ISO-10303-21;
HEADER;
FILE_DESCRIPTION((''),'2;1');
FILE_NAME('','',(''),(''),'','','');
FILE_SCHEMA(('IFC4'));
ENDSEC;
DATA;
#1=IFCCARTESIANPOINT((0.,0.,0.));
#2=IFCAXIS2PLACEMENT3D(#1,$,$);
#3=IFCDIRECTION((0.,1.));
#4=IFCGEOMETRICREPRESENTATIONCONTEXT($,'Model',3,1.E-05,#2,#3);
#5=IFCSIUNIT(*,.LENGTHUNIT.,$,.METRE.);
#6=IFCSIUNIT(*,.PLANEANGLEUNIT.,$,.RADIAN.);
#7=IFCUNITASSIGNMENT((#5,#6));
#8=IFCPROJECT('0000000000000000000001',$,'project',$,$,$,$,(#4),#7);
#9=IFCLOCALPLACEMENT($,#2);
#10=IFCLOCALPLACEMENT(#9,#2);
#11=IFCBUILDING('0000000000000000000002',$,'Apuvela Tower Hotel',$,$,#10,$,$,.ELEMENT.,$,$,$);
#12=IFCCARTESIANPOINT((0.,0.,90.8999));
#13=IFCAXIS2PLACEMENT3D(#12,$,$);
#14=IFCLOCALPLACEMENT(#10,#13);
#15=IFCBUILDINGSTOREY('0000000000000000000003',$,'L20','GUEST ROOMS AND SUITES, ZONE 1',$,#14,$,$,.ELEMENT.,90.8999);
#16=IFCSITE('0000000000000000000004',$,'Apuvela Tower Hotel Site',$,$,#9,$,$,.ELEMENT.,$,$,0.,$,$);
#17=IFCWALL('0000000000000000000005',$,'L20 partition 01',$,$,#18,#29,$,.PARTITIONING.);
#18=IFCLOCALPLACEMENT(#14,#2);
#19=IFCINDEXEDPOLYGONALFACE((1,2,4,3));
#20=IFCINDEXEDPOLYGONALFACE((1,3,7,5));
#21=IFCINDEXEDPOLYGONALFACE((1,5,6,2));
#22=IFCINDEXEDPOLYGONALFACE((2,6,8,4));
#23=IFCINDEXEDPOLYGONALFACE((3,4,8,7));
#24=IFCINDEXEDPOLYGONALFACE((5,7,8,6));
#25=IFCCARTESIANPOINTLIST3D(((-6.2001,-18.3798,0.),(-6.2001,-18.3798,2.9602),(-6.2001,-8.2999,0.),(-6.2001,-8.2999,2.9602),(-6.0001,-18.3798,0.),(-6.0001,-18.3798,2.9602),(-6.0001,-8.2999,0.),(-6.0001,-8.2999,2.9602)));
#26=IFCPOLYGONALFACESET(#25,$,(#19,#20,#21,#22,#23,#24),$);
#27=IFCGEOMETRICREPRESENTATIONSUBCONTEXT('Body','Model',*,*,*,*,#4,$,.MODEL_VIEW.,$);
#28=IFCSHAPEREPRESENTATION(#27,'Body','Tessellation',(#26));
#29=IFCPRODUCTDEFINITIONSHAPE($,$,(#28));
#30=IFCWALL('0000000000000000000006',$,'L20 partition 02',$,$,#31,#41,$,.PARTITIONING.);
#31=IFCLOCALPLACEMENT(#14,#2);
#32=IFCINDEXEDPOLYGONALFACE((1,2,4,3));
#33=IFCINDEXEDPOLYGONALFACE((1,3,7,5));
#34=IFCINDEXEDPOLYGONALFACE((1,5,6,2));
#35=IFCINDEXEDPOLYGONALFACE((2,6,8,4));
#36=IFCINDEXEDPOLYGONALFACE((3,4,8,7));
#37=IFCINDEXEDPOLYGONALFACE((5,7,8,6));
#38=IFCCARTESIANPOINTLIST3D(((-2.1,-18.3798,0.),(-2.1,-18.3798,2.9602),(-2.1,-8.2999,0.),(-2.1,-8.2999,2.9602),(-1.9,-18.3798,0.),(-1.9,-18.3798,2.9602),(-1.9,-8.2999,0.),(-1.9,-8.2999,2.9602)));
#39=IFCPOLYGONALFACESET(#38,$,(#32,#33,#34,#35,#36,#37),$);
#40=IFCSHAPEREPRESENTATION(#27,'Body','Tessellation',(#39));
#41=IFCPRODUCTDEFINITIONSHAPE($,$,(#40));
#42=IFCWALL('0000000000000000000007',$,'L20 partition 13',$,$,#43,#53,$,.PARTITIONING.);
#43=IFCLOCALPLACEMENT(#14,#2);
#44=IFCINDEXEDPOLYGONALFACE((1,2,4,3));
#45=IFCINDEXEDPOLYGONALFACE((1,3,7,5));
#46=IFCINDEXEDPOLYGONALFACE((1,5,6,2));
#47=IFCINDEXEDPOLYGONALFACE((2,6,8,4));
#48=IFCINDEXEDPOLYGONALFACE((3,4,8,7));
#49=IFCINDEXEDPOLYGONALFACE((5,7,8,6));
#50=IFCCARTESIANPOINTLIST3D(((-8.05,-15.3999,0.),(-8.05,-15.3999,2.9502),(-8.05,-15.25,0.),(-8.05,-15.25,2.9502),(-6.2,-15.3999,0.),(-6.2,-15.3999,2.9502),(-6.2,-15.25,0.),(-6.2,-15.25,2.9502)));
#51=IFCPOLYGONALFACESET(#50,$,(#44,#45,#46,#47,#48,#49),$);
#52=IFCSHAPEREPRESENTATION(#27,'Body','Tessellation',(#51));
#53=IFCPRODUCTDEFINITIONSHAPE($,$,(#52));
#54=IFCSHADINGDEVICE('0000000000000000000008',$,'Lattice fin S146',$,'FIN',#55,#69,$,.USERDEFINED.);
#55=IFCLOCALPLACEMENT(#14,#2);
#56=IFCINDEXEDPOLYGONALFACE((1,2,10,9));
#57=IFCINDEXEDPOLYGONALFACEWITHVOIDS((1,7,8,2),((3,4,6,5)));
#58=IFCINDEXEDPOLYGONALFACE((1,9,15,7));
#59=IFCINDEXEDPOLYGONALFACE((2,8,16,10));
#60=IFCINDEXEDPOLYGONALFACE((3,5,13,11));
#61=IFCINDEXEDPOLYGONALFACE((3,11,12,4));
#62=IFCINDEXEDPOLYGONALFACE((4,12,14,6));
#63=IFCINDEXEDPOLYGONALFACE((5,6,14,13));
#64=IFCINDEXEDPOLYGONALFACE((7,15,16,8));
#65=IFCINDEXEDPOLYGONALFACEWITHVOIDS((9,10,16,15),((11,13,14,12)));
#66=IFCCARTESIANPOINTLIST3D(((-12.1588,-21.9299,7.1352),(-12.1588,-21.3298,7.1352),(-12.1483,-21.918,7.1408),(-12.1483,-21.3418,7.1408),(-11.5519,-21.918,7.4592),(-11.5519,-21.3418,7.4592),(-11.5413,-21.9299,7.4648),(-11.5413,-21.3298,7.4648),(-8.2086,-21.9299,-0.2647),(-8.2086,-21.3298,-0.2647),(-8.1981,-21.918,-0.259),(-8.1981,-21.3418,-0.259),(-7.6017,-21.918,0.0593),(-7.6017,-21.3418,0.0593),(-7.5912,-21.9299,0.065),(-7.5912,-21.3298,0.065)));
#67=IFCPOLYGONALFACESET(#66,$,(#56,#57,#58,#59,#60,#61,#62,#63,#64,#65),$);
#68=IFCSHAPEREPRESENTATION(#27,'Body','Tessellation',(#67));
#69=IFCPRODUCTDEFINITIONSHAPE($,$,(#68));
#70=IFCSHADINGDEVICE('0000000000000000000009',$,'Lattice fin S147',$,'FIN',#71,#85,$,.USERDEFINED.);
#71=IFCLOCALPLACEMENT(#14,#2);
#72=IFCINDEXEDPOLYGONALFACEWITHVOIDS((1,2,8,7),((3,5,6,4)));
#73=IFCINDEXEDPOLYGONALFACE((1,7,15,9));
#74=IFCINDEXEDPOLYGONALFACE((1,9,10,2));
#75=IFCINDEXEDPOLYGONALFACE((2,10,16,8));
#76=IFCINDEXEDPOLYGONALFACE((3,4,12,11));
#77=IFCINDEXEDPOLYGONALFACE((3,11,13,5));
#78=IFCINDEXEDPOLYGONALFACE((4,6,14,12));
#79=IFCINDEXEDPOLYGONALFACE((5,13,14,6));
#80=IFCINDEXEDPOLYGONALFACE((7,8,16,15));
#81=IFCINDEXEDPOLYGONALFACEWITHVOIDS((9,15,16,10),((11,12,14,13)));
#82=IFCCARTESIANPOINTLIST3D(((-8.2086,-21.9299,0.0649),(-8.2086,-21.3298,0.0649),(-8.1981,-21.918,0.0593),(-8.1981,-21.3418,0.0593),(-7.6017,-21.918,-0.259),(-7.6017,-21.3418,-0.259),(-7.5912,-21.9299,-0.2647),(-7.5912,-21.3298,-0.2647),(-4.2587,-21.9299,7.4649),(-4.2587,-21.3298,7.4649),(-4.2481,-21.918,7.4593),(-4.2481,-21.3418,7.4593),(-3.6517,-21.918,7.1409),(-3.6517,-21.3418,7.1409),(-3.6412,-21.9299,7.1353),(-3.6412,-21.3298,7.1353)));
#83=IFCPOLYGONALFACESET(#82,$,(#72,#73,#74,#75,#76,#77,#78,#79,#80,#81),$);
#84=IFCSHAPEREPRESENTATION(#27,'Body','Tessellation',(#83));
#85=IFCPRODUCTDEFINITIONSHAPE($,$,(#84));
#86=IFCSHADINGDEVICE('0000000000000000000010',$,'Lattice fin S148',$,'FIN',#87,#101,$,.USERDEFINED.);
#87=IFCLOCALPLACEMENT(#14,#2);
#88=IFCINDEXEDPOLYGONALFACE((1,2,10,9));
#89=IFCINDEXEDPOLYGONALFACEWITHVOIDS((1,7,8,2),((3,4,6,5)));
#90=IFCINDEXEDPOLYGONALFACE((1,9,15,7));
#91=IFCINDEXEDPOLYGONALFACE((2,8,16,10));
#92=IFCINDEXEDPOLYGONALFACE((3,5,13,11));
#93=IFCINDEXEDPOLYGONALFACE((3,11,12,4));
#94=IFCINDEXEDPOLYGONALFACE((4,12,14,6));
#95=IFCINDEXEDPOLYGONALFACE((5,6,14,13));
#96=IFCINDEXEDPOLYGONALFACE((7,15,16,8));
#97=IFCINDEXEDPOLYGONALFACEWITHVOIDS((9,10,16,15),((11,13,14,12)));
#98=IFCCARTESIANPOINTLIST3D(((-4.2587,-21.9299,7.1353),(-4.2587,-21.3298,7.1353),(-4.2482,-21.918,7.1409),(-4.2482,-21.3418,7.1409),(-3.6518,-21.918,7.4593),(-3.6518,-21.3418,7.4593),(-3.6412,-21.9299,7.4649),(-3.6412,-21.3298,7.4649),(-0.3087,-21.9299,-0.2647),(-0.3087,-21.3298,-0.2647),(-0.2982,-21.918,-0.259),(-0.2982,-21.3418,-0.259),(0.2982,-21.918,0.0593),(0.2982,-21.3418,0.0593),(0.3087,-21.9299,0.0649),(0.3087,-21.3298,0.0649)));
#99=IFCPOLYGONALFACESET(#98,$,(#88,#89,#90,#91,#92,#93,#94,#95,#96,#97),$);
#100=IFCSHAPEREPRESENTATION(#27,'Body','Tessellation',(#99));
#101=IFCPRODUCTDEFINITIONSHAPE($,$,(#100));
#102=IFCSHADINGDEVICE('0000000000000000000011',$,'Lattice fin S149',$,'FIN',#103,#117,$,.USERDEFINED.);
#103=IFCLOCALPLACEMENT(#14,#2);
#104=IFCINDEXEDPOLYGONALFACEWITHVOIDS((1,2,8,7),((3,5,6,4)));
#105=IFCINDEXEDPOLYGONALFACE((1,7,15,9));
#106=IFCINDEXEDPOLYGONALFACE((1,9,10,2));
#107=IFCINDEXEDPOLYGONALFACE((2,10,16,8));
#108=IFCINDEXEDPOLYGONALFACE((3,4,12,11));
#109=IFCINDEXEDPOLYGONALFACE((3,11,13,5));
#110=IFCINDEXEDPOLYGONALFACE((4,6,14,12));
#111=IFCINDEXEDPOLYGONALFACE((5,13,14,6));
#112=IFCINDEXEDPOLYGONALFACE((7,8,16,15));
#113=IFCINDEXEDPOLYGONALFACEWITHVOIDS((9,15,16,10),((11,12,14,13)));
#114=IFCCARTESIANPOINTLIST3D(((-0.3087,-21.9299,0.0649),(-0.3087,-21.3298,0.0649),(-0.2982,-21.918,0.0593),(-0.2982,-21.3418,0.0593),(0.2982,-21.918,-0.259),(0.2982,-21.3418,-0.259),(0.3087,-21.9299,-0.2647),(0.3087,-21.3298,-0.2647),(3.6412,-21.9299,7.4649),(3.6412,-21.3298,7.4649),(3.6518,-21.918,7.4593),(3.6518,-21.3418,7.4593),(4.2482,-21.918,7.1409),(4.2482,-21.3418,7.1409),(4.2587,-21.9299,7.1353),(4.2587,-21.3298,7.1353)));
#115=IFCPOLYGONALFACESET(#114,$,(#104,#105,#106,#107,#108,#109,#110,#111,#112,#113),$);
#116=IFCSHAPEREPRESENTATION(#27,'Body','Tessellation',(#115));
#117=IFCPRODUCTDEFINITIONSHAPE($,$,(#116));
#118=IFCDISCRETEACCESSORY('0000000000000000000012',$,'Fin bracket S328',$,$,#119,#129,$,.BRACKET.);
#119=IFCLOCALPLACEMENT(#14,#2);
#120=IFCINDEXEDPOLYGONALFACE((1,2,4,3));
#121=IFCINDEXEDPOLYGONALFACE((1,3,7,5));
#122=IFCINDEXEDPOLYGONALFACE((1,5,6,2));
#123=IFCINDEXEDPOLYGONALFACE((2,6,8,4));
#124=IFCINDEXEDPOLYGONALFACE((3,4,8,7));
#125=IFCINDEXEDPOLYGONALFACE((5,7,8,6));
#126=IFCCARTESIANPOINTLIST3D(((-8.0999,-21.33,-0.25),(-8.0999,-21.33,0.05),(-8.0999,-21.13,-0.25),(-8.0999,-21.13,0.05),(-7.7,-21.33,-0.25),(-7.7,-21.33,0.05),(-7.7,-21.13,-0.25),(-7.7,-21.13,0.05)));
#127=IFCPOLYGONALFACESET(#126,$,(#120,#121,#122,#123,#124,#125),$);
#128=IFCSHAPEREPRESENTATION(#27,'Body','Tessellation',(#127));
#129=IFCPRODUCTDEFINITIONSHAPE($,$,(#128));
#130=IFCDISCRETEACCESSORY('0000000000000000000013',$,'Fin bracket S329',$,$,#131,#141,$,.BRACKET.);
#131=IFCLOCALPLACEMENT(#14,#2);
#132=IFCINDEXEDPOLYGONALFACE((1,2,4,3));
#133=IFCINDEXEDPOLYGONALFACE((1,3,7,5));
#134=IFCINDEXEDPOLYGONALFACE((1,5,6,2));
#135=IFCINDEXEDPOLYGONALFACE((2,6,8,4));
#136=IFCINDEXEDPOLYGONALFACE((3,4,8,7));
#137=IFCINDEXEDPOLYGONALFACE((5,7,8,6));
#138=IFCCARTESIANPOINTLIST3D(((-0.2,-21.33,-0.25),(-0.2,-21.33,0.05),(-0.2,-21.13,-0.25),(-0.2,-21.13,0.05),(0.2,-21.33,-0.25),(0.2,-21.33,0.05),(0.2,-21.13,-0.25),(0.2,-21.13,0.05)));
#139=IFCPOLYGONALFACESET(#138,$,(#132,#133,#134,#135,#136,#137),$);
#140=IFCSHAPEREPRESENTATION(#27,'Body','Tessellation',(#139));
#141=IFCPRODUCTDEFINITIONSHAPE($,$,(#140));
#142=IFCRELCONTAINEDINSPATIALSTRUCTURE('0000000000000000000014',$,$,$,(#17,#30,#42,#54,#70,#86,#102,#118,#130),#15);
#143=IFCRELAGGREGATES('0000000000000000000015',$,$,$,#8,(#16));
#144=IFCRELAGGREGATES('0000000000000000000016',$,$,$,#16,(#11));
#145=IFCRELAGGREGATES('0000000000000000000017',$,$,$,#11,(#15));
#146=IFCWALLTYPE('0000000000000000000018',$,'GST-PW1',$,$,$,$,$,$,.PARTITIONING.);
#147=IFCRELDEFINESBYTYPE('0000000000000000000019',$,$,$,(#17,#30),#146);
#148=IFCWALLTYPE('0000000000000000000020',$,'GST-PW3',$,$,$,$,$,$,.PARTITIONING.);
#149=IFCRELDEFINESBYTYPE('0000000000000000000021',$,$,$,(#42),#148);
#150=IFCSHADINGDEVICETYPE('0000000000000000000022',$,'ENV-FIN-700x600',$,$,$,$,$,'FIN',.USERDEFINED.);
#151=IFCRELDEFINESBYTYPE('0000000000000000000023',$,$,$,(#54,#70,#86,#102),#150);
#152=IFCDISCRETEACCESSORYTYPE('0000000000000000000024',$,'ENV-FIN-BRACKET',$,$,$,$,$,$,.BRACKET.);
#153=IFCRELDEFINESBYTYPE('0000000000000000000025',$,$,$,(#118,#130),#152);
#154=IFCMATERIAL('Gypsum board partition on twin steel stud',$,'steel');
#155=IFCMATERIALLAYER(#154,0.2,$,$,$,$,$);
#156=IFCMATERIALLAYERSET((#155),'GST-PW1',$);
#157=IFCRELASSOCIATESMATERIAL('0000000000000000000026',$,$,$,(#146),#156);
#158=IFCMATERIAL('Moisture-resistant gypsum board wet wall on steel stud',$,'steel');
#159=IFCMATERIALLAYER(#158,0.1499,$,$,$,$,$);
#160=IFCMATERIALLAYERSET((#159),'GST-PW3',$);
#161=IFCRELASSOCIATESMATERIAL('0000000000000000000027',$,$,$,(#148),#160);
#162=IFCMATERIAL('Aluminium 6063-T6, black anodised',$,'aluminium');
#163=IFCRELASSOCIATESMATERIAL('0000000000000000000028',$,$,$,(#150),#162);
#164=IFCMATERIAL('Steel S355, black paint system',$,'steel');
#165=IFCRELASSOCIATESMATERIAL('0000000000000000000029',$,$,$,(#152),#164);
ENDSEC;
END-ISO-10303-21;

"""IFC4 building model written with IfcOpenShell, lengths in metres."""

from ifc_helpers import new_model, si_unit, direction, frame, frame_2d, origin, origin_2d, place, context, subcontext, project, spatial, rectangle, hollow_rectangle, extrude, material, layer, layer_set, material_profile, profile_set, type_object, element, save


model = new_model("IFC4")

# Units and contexts
model_context = context("Model", 3, precision=1e-05, world=origin(), true_north=direction((0.0, 1.0)))
body_context = subcontext(model_context, "Body", "Model", "MODEL_VIEW")
ifc_project = project(units=[si_unit("LENGTHUNIT", "METRE"), si_unit("PLANEANGLEUNIT", "RADIAN")], contexts=[model_context])

# Site, building, storey
site_placement = place(None, origin())
site = spatial("IfcSite", under=ifc_project, at=site_placement, Name="Apuvela Tower Hotel Site", CompositionType="ELEMENT", RefElevation=0.0)
building_placement = place(site_placement, origin())
building = spatial("IfcBuilding", under=site, at=building_placement, Name="Apuvela Tower Hotel", CompositionType="ELEMENT")
storey_placement = place(building_placement, frame((0.0, 0.0, 90.8999)))
storey = spatial("IfcBuildingStorey", under=building, at=storey_placement, Name="L20", Description="GUEST ROOMS AND SUITES, ZONE 1", CompositionType="ELEMENT", Elevation=90.8999)

# Walls
ifc_material_1 = material(Name="Gypsum board partition on twin steel stud", Category="steel")
ifc_layer_1 = layer(ifc_material_1, 0.2)
ifc_layer_set_1 = layer_set([ifc_layer_1], Name="GST-PW1")
wall_type_1 = type_object("IfcWallType", Name="GST-PW1", PredefinedType="PARTITIONING", material=ifc_layer_set_1)
for number, where, z_axis, x_axis, name in (
    (1, (-6.1001, -18.3799, 0.0), (0.0, 0.0, 1.0), (0.0, 1.0, 0.0), "L20 partition 01"),
    (2, (-2.0, -18.3799, 0.0), (0.0, 0.0, 1.0), (0.0, 1.0, 0.0), "L20 partition 02"),
):
    element("IfcWall", number, at=place(storey_placement, frame(where, z_axis=z_axis, x_axis=x_axis)), inside=storey, type_object=wall_type_1, Name=name, PredefinedType="PARTITIONING", context=body_context, shape_type="SweptSolid", body=[
        extrude(rectangle(XDim=10.0798, YDim=0.2, at=frame_2d((5.04, 0.0))), origin(), (0.0, 0.0, 1.0), 2.9602),
    ])
ifc_material_2 = material(Name="Moisture-resistant gypsum board wet wall on steel stud", Category="steel")
ifc_layer_2 = layer(ifc_material_2, 0.1499)
ifc_layer_set_2 = layer_set([ifc_layer_2], Name="GST-PW3")
wall_type_2 = type_object("IfcWallType", Name="GST-PW3", PredefinedType="PARTITIONING", material=ifc_layer_set_2)
wall_1_placement = place(storey_placement, frame((-8.05, -15.325, 0.0), z_axis=(0.0, 0.0, 1.0), x_axis=(1.0, 0.0, 0.0)))
element("IfcWall", 3, at=wall_1_placement, inside=storey, type_object=wall_type_2, Name="L20 partition 13", PredefinedType="PARTITIONING", context=body_context, shape_type="SweptSolid", body=[
    extrude(rectangle(XDim=1.8501, YDim=0.1499, at=frame_2d((0.925, 0.0))), origin(), (0.0, 0.0, 1.0), 2.9502),
])

# Shading devices
ifc_material_3 = material(Name="Aluminium 6063-T6, black anodised", Category="aluminium")
ifc_material_profile_1 = material_profile(ifc_material_3, hollow_rectangle(XDim=0.6001, YDim=0.7, WallThickness=0.012, at=origin_2d()), Name="AL BOX 700x600x12")
ifc_profile_set_1 = profile_set([ifc_material_profile_1], Name="Aluminium 6063-T6, black anodised")
shading_device_type = type_object("IfcShadingDeviceType", Name="ENV-FIN-700x600", ElementType="FIN", PredefinedType="USERDEFINED", material=ifc_profile_set_1)
for number, where, z_axis, x_axis, name in (
    (4, (-7.8999, -21.6299, -0.0999), (-0.470921, 0.0, 0.882176), (0.0, -1.0, 0.0), "Lattice fin S146"),
    (5, (-7.8999, -21.6299, -0.0999), (0.470898, 0.0, 0.882188), (0.0, 1.0, 0.0), "Lattice fin S147"),
    (6, (0.0, -21.6299, -0.0999), (-0.470898, 0.0, 0.882188), (0.0, -1.0, 0.0), "Lattice fin S148"),
    (7, (0.0, -21.6299, -0.0999), (0.470898, 0.0, 0.882188), (0.0, 1.0, 0.0), "Lattice fin S149"),
):
    element("IfcShadingDevice", number, at=place(storey_placement, frame(where, z_axis=z_axis, x_axis=x_axis)), inside=storey, type_object=shading_device_type, Name=name, ObjectType="FIN", PredefinedType="USERDEFINED", context=body_context, shape_type="SweptSolid", body=[
        extrude(hollow_rectangle(XDim=0.6001, YDim=0.7, WallThickness=0.012, at=origin_2d()), origin(), (0.0, 0.0, 1.0), 8.3882),
    ])

# Discrete accessories
ifc_material_4 = material(Name="Steel S355, black paint system", Category="steel")
discrete_accessory_type = type_object("IfcDiscreteAccessoryType", Name="ENV-FIN-BRACKET", PredefinedType="BRACKET", material=ifc_material_4)
for number, where, z_axis, x_axis, name in (
    (8, (-7.8999, -21.23, -0.25), (0.0, 0.0, 1.0), (1.0, 0.0, 0.0), "Fin bracket S328"),
    (9, (0.0, -21.23, -0.25), (0.0, 0.0, 1.0), (1.0, 0.0, 0.0), "Fin bracket S329"),
):
    element("IfcDiscreteAccessory", number, at=place(storey_placement, frame(where, z_axis=z_axis, x_axis=x_axis)), inside=storey, type_object=discrete_accessory_type, Name=name, PredefinedType="BRACKET", context=body_context, shape_type="SweptSolid", body=[
        extrude(rectangle(XDim=0.3999, YDim=0.2, at=origin_2d()), origin(), (0.0, 0.0, 1.0), 0.3),
    ])

save(model, "model.ifc")
